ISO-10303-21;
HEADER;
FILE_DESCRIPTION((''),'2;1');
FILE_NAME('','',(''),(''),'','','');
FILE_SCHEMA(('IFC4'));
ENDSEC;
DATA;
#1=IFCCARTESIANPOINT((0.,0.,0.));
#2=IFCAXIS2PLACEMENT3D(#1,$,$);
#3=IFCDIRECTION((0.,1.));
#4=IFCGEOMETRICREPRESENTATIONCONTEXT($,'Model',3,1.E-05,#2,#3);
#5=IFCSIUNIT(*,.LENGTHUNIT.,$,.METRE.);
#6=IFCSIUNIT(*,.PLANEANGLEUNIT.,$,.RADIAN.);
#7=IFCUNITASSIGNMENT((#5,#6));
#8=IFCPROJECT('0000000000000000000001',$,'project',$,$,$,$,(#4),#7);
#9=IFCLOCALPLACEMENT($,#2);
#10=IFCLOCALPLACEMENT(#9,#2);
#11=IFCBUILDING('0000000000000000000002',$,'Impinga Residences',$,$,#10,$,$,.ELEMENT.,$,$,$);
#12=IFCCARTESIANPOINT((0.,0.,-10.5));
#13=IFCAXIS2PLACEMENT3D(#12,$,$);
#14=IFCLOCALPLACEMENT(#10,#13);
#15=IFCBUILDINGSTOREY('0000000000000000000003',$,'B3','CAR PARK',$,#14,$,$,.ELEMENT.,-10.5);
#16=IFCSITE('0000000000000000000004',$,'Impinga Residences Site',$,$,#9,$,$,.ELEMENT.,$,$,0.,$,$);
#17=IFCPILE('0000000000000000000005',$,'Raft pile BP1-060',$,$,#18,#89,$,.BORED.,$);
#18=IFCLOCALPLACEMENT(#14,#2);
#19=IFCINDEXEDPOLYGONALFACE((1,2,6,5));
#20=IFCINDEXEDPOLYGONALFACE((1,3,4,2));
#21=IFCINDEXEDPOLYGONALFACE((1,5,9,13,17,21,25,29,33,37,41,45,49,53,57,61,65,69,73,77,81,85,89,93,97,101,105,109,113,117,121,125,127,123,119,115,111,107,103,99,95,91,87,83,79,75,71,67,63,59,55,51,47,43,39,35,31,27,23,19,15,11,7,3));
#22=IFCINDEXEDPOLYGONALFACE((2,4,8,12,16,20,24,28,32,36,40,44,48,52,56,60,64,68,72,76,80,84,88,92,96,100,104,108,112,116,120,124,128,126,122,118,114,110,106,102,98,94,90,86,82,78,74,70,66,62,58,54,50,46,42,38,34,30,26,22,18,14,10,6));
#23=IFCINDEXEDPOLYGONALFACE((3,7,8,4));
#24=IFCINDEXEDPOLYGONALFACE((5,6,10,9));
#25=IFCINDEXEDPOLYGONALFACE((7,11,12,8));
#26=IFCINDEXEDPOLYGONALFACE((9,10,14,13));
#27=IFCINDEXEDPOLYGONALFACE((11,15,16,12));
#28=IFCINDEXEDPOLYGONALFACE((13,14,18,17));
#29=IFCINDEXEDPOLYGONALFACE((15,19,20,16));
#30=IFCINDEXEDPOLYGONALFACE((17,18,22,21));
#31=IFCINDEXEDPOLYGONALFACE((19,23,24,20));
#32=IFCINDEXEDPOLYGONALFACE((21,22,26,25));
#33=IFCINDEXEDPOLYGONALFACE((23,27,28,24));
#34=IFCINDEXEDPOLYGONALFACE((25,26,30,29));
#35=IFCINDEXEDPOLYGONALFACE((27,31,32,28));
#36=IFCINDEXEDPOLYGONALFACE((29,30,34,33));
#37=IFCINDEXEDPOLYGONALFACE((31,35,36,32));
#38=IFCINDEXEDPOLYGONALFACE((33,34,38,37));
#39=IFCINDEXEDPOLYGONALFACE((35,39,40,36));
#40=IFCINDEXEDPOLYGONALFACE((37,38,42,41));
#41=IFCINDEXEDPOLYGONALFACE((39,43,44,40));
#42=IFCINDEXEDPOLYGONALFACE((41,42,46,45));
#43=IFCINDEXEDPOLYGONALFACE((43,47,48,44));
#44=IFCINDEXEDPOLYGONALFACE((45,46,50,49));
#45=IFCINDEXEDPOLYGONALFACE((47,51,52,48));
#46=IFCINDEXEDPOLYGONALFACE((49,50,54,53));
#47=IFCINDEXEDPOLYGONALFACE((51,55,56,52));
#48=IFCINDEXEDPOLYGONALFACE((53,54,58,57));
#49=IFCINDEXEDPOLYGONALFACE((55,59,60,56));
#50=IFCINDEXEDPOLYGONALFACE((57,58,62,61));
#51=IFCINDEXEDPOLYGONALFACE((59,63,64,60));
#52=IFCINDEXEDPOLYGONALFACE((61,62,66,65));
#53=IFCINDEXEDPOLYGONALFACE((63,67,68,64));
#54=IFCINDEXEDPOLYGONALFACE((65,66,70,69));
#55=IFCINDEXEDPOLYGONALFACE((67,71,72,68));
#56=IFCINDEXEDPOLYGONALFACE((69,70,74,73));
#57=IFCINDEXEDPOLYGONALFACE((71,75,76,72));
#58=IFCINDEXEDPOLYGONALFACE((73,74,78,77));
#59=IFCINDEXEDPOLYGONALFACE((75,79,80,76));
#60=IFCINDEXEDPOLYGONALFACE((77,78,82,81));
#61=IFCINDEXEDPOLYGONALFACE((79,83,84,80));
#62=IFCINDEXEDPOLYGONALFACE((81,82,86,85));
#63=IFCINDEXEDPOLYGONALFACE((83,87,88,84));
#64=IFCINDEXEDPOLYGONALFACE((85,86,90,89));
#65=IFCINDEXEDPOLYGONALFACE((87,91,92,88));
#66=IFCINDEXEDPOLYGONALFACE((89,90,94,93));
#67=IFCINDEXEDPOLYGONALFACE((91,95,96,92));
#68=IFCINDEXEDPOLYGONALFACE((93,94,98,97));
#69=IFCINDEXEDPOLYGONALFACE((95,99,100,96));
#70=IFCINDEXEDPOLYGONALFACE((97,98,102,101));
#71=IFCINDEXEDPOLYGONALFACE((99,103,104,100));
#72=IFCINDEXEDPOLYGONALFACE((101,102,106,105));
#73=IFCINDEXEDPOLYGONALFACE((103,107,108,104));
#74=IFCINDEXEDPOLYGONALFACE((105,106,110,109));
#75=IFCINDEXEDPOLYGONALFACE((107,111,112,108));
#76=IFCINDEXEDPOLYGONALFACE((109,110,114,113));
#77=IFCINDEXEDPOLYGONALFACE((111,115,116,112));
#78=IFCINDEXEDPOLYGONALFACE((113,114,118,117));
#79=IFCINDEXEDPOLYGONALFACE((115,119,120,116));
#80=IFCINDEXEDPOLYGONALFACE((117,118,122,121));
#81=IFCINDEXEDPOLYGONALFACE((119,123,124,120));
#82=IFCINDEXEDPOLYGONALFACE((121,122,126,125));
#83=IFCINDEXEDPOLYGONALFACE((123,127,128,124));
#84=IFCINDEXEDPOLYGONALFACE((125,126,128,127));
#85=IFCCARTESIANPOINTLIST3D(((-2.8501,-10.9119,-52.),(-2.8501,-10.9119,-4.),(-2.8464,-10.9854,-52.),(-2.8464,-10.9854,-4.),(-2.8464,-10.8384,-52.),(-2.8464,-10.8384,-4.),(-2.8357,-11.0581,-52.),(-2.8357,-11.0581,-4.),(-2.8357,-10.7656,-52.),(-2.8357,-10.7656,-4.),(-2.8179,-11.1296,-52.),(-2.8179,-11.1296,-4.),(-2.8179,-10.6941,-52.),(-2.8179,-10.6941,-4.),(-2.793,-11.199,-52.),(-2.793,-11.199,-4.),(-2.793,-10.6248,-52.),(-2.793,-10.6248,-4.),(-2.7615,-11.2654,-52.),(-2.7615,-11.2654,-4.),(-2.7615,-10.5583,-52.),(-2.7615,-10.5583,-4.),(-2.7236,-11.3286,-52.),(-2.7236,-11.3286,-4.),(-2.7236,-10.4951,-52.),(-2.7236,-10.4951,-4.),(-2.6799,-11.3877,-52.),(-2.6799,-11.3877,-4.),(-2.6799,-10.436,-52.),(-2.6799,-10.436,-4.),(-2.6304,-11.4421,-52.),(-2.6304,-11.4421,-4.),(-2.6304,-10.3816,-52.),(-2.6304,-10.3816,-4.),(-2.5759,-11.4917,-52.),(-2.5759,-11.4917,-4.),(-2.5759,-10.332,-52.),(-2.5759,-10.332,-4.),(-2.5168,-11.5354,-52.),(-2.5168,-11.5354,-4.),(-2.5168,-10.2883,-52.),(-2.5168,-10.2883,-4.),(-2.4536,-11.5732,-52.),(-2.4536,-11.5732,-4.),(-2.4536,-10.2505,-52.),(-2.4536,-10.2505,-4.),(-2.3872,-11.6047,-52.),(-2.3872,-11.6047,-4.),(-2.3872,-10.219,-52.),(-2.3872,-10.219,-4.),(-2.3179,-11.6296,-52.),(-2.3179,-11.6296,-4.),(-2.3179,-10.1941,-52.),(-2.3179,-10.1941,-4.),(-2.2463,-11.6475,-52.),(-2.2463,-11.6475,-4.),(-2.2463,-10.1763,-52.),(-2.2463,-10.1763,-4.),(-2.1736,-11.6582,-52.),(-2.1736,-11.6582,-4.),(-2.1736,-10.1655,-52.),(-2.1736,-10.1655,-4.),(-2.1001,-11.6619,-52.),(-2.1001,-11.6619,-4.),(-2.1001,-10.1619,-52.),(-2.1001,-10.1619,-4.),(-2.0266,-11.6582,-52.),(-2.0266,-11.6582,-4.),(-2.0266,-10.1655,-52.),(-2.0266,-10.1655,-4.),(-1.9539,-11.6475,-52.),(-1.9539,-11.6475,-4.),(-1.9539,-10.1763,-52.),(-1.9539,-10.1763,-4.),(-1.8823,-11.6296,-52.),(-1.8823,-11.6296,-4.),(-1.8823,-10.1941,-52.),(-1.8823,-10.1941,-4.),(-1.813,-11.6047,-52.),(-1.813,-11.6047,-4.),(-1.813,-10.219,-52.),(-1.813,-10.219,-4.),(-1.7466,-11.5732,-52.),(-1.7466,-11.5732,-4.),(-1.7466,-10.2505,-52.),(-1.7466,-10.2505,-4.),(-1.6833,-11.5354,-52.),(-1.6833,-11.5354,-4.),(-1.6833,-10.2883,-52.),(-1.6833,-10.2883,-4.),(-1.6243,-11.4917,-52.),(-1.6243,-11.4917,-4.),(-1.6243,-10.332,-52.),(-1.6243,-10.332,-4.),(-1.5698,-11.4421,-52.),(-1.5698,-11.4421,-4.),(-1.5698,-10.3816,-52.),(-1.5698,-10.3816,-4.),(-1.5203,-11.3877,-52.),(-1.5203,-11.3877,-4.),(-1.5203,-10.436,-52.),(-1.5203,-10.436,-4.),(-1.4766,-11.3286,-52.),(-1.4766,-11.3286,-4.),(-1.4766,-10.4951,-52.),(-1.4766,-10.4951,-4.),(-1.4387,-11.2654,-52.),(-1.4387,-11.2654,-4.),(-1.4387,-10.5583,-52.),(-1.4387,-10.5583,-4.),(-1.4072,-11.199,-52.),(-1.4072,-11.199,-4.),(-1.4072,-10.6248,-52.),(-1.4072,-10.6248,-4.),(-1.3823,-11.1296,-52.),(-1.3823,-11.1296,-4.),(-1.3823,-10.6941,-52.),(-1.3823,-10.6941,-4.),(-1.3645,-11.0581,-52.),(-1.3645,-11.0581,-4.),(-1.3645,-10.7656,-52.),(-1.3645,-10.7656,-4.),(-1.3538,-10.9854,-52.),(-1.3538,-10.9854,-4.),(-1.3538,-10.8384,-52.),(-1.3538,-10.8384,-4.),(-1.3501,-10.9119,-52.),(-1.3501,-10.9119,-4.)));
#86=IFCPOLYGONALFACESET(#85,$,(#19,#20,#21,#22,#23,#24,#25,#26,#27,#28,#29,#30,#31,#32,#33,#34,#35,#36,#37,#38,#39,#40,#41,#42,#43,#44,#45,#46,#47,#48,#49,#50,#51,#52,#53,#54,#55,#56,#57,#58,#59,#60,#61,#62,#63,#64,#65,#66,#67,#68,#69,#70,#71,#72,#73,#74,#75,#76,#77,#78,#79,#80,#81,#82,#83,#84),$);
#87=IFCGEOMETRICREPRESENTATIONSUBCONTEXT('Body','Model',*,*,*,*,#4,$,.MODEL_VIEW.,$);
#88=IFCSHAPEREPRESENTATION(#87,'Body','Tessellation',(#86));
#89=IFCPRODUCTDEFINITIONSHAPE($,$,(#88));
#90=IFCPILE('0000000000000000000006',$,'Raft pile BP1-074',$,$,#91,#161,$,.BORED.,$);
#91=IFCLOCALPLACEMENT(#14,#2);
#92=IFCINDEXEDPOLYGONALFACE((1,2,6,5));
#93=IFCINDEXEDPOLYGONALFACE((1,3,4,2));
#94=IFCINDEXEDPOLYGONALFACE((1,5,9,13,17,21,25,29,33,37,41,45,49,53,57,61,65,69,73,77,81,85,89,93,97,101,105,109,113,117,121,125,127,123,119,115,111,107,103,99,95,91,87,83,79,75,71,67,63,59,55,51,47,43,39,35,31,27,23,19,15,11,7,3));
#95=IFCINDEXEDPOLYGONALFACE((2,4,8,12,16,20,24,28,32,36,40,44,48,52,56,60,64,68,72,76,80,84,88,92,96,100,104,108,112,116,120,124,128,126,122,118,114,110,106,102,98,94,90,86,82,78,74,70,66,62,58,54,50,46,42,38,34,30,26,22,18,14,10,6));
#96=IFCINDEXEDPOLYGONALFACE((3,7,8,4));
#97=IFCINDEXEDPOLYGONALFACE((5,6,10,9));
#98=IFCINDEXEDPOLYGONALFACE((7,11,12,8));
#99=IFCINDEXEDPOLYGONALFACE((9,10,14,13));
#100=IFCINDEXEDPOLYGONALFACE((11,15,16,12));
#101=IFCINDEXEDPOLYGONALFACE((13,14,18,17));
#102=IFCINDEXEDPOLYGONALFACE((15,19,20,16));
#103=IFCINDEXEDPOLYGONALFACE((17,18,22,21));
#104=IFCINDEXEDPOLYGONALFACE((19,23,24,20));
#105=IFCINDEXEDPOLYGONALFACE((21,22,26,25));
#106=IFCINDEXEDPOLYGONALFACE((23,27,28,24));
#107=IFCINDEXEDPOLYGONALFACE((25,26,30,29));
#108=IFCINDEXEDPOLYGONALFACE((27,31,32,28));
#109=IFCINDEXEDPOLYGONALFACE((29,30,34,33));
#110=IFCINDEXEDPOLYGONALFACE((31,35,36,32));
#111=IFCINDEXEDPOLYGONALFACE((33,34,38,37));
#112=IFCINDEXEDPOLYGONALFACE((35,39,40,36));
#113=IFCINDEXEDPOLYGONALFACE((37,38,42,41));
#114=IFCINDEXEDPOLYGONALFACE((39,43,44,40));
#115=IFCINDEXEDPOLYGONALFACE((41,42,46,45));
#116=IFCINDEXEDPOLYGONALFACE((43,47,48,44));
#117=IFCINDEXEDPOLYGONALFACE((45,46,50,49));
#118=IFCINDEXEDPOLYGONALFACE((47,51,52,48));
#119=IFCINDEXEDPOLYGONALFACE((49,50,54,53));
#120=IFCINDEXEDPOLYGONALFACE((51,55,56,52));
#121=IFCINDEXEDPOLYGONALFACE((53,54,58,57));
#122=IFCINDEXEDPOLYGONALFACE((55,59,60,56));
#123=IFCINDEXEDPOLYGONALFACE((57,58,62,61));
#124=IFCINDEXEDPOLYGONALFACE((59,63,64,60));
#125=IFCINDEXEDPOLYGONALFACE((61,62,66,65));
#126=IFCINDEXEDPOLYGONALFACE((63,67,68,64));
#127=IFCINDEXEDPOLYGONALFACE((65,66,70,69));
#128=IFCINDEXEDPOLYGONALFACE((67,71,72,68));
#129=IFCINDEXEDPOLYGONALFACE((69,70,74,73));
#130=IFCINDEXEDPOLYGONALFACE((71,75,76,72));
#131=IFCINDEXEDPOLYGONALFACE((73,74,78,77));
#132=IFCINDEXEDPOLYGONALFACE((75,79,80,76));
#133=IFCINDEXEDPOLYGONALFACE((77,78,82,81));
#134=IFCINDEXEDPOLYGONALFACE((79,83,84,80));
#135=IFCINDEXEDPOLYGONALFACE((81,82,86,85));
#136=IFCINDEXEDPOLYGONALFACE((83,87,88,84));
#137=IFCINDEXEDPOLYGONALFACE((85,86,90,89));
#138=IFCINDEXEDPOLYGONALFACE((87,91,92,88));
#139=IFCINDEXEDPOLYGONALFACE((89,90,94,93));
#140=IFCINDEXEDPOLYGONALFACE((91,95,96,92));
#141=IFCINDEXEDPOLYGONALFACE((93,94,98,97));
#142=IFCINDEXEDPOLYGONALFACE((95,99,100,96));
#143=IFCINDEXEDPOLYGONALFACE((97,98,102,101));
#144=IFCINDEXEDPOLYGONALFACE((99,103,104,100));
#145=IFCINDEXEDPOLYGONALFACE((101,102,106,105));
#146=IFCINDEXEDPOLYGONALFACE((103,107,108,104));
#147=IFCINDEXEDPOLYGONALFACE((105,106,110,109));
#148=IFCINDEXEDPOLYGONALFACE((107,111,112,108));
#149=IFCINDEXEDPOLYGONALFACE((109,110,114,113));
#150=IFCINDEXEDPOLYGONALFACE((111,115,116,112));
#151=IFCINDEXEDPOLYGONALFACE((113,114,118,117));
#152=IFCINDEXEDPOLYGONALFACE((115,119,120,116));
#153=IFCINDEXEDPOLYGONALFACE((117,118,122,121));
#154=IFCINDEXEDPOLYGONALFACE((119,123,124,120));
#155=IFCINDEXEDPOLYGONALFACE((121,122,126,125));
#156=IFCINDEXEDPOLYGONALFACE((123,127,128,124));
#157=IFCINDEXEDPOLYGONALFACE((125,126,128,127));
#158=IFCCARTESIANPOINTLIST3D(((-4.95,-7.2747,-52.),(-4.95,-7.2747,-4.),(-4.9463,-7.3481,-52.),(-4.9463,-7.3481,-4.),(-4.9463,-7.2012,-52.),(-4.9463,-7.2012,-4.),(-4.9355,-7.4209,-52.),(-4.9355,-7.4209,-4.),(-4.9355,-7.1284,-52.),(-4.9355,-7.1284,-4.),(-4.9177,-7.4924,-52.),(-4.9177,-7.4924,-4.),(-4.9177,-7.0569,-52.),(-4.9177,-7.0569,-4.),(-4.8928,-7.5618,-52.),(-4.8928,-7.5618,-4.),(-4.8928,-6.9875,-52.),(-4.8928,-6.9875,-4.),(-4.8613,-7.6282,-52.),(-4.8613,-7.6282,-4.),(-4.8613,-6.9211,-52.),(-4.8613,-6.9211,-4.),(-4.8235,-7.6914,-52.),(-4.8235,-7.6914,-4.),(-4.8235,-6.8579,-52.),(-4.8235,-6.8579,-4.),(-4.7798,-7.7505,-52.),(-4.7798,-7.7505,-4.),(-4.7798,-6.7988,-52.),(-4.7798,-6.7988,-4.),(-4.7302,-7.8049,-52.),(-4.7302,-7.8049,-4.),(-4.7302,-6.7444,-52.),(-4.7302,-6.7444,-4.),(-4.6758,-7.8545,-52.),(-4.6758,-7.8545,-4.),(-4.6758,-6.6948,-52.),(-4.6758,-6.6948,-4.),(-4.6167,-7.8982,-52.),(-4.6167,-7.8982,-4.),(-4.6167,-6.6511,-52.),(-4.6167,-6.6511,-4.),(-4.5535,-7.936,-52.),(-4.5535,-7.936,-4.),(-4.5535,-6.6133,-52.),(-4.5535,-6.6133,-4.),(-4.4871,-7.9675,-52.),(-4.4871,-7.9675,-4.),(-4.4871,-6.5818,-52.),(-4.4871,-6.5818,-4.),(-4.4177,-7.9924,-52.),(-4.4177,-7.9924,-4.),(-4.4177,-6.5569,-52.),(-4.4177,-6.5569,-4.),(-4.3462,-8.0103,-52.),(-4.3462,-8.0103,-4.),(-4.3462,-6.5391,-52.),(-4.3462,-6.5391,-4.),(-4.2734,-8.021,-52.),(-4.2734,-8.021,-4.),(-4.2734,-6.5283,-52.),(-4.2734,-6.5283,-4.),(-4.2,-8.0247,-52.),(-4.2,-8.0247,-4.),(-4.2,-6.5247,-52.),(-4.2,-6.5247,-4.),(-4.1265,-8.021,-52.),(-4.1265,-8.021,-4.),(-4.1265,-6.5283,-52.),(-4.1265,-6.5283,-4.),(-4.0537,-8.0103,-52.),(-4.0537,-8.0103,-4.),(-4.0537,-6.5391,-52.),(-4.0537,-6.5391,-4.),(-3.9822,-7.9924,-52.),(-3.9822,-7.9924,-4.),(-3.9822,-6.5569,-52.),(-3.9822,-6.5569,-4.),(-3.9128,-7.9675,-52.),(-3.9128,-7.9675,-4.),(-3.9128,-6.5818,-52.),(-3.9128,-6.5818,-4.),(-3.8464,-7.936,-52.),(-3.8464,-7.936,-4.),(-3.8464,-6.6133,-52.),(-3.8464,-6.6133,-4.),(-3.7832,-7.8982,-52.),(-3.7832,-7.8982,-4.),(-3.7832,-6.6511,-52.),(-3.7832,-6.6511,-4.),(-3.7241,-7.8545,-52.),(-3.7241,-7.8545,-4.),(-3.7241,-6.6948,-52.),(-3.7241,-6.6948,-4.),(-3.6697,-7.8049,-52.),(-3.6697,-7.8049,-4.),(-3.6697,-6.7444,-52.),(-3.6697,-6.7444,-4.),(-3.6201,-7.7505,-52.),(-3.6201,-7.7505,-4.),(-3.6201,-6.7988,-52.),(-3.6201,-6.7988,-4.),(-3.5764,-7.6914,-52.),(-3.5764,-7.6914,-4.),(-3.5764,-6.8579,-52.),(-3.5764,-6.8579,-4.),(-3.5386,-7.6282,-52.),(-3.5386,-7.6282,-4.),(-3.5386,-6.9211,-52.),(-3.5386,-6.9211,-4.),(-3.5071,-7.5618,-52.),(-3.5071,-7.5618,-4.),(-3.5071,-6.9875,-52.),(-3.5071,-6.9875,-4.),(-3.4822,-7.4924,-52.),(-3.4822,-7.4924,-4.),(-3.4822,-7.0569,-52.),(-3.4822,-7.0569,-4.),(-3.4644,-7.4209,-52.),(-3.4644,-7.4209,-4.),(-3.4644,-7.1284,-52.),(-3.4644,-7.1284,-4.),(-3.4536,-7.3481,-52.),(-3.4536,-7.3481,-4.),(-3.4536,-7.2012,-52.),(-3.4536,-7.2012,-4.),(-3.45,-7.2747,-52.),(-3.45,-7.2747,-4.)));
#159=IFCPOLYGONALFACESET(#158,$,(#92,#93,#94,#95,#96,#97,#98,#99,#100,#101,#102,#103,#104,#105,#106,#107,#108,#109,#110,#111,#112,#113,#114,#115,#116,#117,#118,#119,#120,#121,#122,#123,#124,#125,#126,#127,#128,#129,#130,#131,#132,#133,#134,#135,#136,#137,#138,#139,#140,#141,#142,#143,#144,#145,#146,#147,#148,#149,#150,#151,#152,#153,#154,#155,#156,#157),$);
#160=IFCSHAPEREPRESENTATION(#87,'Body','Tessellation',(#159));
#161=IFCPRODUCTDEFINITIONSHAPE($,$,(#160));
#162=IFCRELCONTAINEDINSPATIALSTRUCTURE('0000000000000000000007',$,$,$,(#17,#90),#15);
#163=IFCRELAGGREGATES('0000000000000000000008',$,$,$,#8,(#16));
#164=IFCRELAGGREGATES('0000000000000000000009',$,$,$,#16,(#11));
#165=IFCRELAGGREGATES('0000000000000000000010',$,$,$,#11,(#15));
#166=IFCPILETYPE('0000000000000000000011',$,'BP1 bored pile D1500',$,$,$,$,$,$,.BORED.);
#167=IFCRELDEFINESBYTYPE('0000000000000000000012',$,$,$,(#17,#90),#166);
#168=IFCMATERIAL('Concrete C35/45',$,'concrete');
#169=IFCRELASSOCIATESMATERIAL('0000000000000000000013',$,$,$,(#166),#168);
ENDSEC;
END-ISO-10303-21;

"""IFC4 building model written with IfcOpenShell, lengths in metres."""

from ifc_helpers import new_model, si_unit, direction, frame, origin, origin_2d, place, context, subcontext, project, spatial, polyline, circle, outline, extrude, material, material_profile, profile_set, type_object, element, save


model = new_model("IFC4")

# Units and contexts
model_context = context("Model", 3, precision=1e-05, world=origin(), true_north=direction((0.0, 1.0)))
body_context = subcontext(model_context, "Body", "Model", "MODEL_VIEW")
ifc_project = project(units=[si_unit("LENGTHUNIT", "METRE"), si_unit("PLANEANGLEUNIT", "RADIAN")], contexts=[model_context])

# Site, building, storey
site_placement = place(None, origin())
site = spatial("IfcSite", under=ifc_project, at=site_placement, Name="Impinga Residences Site", CompositionType="ELEMENT", RefElevation=0.0)
building_placement = place(site_placement, origin())
building = spatial("IfcBuilding", under=site, at=building_placement, Name="Impinga Residences", CompositionType="ELEMENT")
storey_placement = place(building_placement, frame((0.0, 0.0, -10.5)))
storey = spatial("IfcBuildingStorey", under=building, at=storey_placement, Name="B3", Description="CAR PARK", CompositionType="ELEMENT", Elevation=-10.5)

# Piles
ifc_material_1 = material(Name="Concrete C35/45", Category="concrete")
ifc_material_profile_1 = material_profile(ifc_material_1, circle(Radius=0.75, at=origin_2d()), Name="D1500")
ifc_profile_set_1 = profile_set([ifc_material_profile_1], Name="Concrete C35/45")
pile_type_1 = type_object("IfcPileType", Name="BP1 bored pile D1500", PredefinedType="BORED", material=ifc_profile_set_1)
pile_1_placement = place(storey_placement, frame((-2.1001, -10.9119, -4.0), z_axis=(0.0, 0.0, -1.0), x_axis=(1.0, 0.0, 0.0)))
element("IfcPile", 1, at=pile_1_placement, inside=storey, type_object=pile_type_1, Name="Raft pile BP1-060", PredefinedType="BORED", context=body_context, shape_type="SweptSolid", body=[
    extrude(outline(polyline([(0.75, 0.0), (0.7463, 0.0735), (0.7356, 0.1462), (0.7178, 0.2178), (0.6929, 0.2871), (0.6614, 0.3535), (0.6235, 0.4167), (0.5798, 0.4758), (0.5303, 0.5303), (0.4758, 0.5798), (0.4167, 0.6235), (0.3535, 0.6614), (0.2871, 0.6929), (0.2178, 0.7178), (0.1462, 0.7356), (0.0735, 0.7463), (0.0, 0.75), (-0.0735, 0.7463), (-0.1462, 0.7356), (-0.2178, 0.7178), (-0.2871, 0.6929), (-0.3535, 0.6614), (-0.4167, 0.6235), (-0.4758, 0.5798), (-0.5303, 0.5303), (-0.5798, 0.4758), (-0.6235, 0.4167), (-0.6614, 0.3535), (-0.6929, 0.2871), (-0.7178, 0.2178), (-0.7356, 0.1462), (-0.7463, 0.0735), (-0.75, 0.0), (-0.7463, -0.0735), (-0.7356, -0.1462), (-0.7178, -0.2178), (-0.6929, -0.2871), (-0.6614, -0.3535), (-0.6235, -0.4167), (-0.5798, -0.4758), (-0.5303, -0.5303), (-0.4758, -0.5798), (-0.4167, -0.6235), (-0.3535, -0.6614), (-0.2871, -0.6929), (-0.2178, -0.7178), (-0.1462, -0.7356), (-0.0735, -0.7463), (0.0, -0.75), (0.0735, -0.7463), (0.1462, -0.7356), (0.2178, -0.7178), (0.2871, -0.6929), (0.3535, -0.6614), (0.4167, -0.6235), (0.4758, -0.5798), (0.5303, -0.5303), (0.5798, -0.4758), (0.6235, -0.4167), (0.6614, -0.3535), (0.6929, -0.2871), (0.7178, -0.2178), (0.7356, -0.1462), (0.7463, -0.0735), (0.75, 0.0)])), origin(), (0.0, 0.0, 1.0), 48.0),
])
pile_2_placement = place(storey_placement, frame((-4.2, -7.2747, -4.0), z_axis=(0.0, 0.0, -1.0), x_axis=(1.0, 0.0, 0.0)))
element("IfcPile", 2, at=pile_2_placement, inside=storey, type_object=pile_type_1, Name="Raft pile BP1-074", PredefinedType="BORED", context=body_context, shape_type="SweptSolid", body=[
    extrude(outline(polyline([(0.75, 0.0), (0.7463, 0.0735), (0.7356, 0.1462), (0.7178, 0.2178), (0.6929, 0.2871), (0.6614, 0.3535), (0.6235, 0.4167), (0.5798, 0.4758), (0.5303, 0.5303), (0.4758, 0.5798), (0.4167, 0.6235), (0.3535, 0.6614), (0.2871, 0.6929), (0.2178, 0.7178), (0.1462, 0.7356), (0.0735, 0.7463), (0.0, 0.75), (-0.0735, 0.7463), (-0.1462, 0.7356), (-0.2178, 0.7178), (-0.2871, 0.6929), (-0.3535, 0.6614), (-0.4167, 0.6235), (-0.4758, 0.5798), (-0.5303, 0.5303), (-0.5798, 0.4758), (-0.6235, 0.4167), (-0.6614, 0.3535), (-0.6929, 0.2871), (-0.7178, 0.2178), (-0.7356, 0.1462), (-0.7463, 0.0735), (-0.75, 0.0), (-0.7463, -0.0735), (-0.7356, -0.1462), (-0.7178, -0.2178), (-0.6929, -0.2871), (-0.6614, -0.3535), (-0.6235, -0.4167), (-0.5798, -0.4758), (-0.5303, -0.5303), (-0.4758, -0.5798), (-0.4167, -0.6235), (-0.3535, -0.6614), (-0.2871, -0.6929), (-0.2178, -0.7178), (-0.1462, -0.7356), (-0.0735, -0.7463), (0.0, -0.75), (0.0735, -0.7463), (0.1462, -0.7356), (0.2178, -0.7178), (0.2871, -0.6929), (0.3535, -0.6614), (0.4167, -0.6235), (0.4758, -0.5798), (0.5303, -0.5303), (0.5798, -0.4758), (0.6235, -0.4167), (0.6614, -0.3535), (0.6929, -0.2871), (0.7178, -0.2178), (0.7356, -0.1462), (0.7463, -0.0735), (0.75, 0.0)])), origin(), (0.0, 0.0, 1.0), 48.0),
])

save(model, "model.ifc")
